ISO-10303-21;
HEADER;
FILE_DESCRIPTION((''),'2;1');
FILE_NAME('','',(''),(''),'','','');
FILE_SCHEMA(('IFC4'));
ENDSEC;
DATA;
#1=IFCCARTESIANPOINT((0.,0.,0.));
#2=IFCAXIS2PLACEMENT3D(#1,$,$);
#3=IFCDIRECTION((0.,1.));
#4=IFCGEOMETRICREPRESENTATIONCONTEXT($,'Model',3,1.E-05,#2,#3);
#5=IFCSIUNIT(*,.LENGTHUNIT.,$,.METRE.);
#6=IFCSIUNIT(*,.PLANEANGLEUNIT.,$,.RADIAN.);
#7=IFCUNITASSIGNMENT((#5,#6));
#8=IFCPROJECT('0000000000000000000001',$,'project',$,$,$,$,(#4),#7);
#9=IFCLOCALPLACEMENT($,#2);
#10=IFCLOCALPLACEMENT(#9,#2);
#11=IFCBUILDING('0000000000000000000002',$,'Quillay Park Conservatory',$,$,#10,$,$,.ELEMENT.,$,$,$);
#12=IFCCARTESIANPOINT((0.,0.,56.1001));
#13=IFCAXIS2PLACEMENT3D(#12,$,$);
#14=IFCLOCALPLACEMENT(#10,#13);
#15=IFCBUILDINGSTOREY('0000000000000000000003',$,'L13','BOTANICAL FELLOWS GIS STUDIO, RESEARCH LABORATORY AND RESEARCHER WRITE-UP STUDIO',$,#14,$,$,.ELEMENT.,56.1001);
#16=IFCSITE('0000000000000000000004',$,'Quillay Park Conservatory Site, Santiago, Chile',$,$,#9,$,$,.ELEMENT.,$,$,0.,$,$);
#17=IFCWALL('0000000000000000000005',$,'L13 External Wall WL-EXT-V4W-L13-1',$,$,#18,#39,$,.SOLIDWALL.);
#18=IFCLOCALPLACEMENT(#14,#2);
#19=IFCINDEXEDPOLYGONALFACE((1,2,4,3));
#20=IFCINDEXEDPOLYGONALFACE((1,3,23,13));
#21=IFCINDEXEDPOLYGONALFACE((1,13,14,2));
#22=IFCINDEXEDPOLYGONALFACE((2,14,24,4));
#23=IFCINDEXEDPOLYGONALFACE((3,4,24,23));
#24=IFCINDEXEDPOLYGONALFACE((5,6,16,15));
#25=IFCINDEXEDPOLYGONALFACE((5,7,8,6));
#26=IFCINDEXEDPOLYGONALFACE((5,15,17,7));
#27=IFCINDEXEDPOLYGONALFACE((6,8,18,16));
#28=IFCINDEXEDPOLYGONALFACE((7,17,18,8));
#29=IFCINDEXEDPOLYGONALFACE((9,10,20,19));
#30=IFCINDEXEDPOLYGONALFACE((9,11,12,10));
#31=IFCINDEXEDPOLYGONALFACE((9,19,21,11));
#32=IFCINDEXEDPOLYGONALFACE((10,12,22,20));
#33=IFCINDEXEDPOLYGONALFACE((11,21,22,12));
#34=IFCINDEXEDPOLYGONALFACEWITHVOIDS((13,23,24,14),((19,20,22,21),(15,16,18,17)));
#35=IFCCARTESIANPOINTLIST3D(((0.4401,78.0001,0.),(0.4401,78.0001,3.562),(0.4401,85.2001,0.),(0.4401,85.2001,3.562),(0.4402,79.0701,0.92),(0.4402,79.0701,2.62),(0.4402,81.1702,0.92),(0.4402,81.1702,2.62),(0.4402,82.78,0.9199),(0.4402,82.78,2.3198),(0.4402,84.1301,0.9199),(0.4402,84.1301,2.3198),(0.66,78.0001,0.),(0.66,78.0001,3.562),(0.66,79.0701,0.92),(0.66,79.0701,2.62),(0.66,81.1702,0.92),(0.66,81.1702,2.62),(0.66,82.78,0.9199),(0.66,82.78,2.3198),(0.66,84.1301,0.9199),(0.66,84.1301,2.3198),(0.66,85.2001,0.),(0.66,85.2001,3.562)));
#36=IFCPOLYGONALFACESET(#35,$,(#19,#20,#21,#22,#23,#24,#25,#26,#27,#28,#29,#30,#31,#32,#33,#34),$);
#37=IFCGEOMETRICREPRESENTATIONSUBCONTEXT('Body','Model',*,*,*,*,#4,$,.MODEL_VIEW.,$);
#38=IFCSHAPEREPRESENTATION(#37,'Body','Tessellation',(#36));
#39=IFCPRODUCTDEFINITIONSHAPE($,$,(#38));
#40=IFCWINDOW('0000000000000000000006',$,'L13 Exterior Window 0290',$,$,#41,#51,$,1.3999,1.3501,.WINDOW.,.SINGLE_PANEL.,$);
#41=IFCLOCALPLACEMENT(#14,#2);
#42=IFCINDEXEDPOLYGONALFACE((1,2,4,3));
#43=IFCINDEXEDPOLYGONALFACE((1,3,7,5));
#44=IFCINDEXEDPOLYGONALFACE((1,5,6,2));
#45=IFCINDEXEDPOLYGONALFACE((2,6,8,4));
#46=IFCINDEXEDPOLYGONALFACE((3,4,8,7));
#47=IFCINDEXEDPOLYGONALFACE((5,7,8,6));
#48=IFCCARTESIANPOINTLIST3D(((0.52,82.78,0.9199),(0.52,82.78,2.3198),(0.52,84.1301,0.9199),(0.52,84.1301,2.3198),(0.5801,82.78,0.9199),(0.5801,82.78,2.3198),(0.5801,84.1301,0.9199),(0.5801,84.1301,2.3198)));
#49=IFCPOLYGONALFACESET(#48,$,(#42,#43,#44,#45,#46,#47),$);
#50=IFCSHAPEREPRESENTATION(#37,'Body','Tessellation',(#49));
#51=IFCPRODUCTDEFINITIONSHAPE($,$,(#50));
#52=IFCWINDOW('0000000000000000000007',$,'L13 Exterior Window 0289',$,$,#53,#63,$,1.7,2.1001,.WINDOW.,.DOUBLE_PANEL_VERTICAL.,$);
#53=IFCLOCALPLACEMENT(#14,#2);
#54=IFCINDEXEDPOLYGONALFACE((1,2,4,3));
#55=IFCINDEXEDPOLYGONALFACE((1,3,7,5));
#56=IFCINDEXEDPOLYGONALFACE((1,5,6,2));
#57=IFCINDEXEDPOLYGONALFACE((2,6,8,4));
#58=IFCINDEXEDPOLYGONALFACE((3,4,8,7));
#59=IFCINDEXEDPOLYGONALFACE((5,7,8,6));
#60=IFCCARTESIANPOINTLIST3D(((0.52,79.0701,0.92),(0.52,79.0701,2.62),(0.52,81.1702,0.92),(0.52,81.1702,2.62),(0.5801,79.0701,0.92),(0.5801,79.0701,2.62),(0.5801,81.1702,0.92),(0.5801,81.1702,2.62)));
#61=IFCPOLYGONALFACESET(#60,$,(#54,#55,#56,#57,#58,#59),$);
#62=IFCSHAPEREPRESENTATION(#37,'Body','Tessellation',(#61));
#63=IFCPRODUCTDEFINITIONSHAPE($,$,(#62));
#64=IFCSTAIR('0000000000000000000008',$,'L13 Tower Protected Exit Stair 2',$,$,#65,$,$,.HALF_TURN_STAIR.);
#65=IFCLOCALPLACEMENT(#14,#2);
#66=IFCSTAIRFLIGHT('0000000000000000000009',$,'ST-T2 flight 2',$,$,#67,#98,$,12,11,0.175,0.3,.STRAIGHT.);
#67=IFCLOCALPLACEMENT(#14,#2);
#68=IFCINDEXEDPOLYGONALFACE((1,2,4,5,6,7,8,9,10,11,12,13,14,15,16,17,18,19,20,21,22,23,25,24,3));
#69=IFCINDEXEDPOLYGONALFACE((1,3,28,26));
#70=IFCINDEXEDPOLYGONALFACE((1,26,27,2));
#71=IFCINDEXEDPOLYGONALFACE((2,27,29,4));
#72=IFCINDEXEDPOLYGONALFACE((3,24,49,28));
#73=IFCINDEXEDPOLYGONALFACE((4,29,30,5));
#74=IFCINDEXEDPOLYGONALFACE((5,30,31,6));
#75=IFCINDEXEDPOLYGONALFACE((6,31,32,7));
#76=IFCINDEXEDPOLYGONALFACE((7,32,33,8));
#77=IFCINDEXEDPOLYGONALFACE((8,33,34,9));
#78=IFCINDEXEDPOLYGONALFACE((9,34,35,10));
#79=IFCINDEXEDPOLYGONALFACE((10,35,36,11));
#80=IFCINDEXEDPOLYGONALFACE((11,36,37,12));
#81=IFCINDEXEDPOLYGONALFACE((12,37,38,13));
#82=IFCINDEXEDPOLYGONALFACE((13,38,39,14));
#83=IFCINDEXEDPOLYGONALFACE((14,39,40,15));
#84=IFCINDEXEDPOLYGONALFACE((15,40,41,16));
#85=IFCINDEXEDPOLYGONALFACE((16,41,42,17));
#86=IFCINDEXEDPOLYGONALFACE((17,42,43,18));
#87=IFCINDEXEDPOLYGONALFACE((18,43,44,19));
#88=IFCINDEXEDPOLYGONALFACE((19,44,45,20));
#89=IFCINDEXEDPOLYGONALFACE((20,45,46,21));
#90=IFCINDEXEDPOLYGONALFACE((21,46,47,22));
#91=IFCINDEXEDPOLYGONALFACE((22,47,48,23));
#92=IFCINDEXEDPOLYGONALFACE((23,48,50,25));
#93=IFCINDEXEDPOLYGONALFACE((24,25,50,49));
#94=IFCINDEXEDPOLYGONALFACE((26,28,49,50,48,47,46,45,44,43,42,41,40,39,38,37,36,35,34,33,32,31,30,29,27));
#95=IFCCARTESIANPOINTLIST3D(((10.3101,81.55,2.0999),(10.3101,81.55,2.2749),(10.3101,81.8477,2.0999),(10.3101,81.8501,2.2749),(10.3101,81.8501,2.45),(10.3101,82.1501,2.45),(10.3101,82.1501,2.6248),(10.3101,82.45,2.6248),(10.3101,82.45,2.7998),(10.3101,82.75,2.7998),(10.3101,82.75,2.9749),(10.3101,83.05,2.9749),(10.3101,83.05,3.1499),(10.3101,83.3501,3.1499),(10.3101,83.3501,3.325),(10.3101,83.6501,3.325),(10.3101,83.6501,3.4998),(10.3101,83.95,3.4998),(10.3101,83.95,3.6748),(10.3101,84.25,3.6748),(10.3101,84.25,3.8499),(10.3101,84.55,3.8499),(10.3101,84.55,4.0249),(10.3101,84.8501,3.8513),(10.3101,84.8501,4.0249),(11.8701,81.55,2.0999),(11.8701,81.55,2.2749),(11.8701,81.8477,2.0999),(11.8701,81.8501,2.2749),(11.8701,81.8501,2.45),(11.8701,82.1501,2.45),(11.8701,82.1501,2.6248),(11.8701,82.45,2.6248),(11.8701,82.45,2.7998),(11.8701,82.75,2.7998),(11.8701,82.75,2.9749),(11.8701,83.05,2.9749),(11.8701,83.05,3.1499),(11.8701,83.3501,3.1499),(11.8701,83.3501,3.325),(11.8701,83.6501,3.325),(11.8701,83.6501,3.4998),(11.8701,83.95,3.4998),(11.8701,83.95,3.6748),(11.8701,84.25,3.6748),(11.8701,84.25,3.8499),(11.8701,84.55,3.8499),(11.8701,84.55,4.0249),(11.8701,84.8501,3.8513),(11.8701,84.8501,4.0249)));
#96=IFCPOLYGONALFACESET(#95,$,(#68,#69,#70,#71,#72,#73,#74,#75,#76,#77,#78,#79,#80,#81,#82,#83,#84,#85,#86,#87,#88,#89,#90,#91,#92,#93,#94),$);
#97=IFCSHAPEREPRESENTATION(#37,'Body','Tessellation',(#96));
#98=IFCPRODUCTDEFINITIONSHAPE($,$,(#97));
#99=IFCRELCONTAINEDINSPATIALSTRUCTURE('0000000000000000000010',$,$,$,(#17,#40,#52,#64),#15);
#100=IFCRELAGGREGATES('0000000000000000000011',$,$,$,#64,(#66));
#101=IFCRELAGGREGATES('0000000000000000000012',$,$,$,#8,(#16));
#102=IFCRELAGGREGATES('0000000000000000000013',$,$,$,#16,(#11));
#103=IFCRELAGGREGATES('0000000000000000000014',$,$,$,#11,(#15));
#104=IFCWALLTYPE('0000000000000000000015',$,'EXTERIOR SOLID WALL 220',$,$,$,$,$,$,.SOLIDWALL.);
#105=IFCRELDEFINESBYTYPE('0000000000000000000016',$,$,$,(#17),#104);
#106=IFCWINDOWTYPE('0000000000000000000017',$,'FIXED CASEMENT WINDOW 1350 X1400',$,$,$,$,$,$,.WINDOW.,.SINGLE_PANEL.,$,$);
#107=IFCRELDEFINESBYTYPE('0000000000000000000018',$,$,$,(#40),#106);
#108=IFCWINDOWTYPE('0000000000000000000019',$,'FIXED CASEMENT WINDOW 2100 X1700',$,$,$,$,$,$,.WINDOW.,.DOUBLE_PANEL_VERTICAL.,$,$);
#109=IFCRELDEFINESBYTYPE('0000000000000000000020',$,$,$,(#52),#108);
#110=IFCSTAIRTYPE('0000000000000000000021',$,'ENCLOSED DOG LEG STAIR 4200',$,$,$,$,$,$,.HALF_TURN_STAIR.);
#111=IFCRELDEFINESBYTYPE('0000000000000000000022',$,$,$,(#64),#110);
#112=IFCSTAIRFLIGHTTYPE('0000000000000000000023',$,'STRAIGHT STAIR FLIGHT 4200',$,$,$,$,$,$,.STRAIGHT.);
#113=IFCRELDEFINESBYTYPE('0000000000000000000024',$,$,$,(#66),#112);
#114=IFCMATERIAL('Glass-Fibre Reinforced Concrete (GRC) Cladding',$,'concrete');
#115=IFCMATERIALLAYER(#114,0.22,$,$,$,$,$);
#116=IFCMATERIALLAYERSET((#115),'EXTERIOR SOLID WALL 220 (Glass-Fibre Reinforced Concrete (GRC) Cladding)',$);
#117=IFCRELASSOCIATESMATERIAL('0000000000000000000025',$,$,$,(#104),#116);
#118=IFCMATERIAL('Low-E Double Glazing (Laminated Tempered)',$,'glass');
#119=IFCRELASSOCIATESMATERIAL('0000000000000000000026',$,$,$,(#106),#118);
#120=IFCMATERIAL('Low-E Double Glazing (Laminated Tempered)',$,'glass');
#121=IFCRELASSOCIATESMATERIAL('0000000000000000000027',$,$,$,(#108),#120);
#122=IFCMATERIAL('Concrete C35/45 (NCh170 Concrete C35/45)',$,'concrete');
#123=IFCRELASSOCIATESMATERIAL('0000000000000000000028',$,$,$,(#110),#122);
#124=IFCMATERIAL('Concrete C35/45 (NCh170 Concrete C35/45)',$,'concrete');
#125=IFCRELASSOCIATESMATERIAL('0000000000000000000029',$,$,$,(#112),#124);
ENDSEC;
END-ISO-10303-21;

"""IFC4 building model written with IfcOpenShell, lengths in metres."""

from ifc_helpers import new_model, si_unit, direction, frame, frame_2d, origin, place, context, subcontext, project, spatial, polyline, rectangle, outline, extrude, material, layer, layer_set, type_object, element, fill, aggregate, save


model = new_model("IFC4")

# Units and contexts
model_context = context("Model", 3, precision=1e-05, world=origin(), true_north=direction((0.0, 1.0)))
body_context = subcontext(model_context, "Body", "Model", "MODEL_VIEW")
ifc_project = project(units=[si_unit("LENGTHUNIT", "METRE"), si_unit("PLANEANGLEUNIT", "RADIAN")], contexts=[model_context])

# Site, building, storey
site_placement = place(None, origin())
site = spatial("IfcSite", under=ifc_project, at=site_placement, Name="Quillay Park Conservatory Site, Santiago, Chile", CompositionType="ELEMENT", RefElevation=0.0)
building_placement = place(site_placement, origin())
building = spatial("IfcBuilding", under=site, at=building_placement, Name="Quillay Park Conservatory", CompositionType="ELEMENT")
storey_placement = place(building_placement, frame((0.0, 0.0, 56.1001)))
storey = spatial("IfcBuildingStorey", under=building, at=storey_placement, Name="L13", Description="BOTANICAL FELLOWS GIS STUDIO, RESEARCH LABORATORY AND RESEARCHER WRITE-UP STUDIO", CompositionType="ELEMENT", Elevation=56.1001)

# Wall, openings, windows
ifc_material_1 = material(Name="Glass-Fibre Reinforced Concrete (GRC) Cladding", Category="concrete")
ifc_layer_1 = layer(ifc_material_1, 0.22)
ifc_layer_set_1 = layer_set([ifc_layer_1], Name="EXTERIOR SOLID WALL 220 (Glass-Fibre Reinforced Concrete (GRC) Cladding)")
wall_type_1 = type_object("IfcWallType", Name="EXTERIOR SOLID WALL 220", PredefinedType="SOLIDWALL", material=ifc_layer_set_1)
wall_1_placement = place(storey_placement, frame((0.55, 78.0, 0.0), z_axis=(0.0, 0.0, 1.0), x_axis=(0.0, 1.0, 0.0)))
wall_1 = element("IfcWall", 1, at=wall_1_placement, inside=storey, type_object=wall_type_1, Name="L13 External Wall WL-EXT-V4W-L13-1", PredefinedType="SOLIDWALL", context=body_context, shape_type="SweptSolid", body=[
    extrude(rectangle(XDim=7.2, YDim=0.22, at=frame_2d((3.6001, 0.0))), origin(), (0.0, 0.0, 1.0), 3.562),
])
opening_1_placement = place(wall_1_placement, frame((1.0701, 0.0, 0.9199)))
opening_1 = element("IfcOpeningElement", 2, at=opening_1_placement, cuts=wall_1, PredefinedType="OPENING", context=body_context, shape_type="SweptSolid", body=[
    extrude(rectangle(XDim=2.1001, YDim=1.7, at=frame_2d((1.05, 0.8501))), frame((0.0, 0.1099, 0.0), z_axis=(0.0, -1.0, 0.0), x_axis=(1.0, 0.0, 0.0)), (0.0, 0.0, 1.0), 0.22),
])
opening_2_placement = place(wall_1_placement, frame((4.78, 0.0, 0.9199)))
opening_2 = element("IfcOpeningElement", 3, at=opening_2_placement, cuts=wall_1, PredefinedType="OPENING", context=body_context, shape_type="SweptSolid", body=[
    extrude(rectangle(XDim=1.3501, YDim=1.3999, at=frame_2d((0.675, 0.7))), frame((0.0, 0.1099, 0.0), z_axis=(0.0, -1.0, 0.0), x_axis=(1.0, 0.0, 0.0)), (0.0, 0.0, 1.0), 0.22),
])
ifc_material_2 = material(Name="Low-E Double Glazing (Laminated Tempered)", Category="glass")
window_type_1 = type_object("IfcWindowType", Name="FIXED CASEMENT WINDOW 1350 X1400", PartitioningType="SINGLE_PANEL", PredefinedType="WINDOW", material=ifc_material_2)
window_1_placement = place(opening_2_placement, origin())
window_1 = element("IfcWindow", 4, at=window_1_placement, inside=storey, type_object=window_type_1, Name="L13 Exterior Window 0290", OverallHeight=1.3999, OverallWidth=1.3501, PartitioningType="SINGLE_PANEL", PredefinedType="WINDOW", context=body_context, shape_type="SweptSolid", body=[
    extrude(rectangle(XDim=1.3501, YDim=1.3999, at=frame_2d((0.675, 0.7))), frame((0.0, 0.03, 0.0), z_axis=(0.0, -1.0, 0.0), x_axis=(1.0, 0.0, 0.0)), (0.0, 0.0, 1.0), 0.0601),
])
fill(opening_2, window_1)
ifc_material_3 = material(Name="Low-E Double Glazing (Laminated Tempered)", Category="glass")
window_type_2 = type_object("IfcWindowType", Name="FIXED CASEMENT WINDOW 2100 X1700", PartitioningType="DOUBLE_PANEL_VERTICAL", PredefinedType="WINDOW", material=ifc_material_3)
window_2_placement = place(opening_1_placement, origin())
window_2 = element("IfcWindow", 5, at=window_2_placement, inside=storey, type_object=window_type_2, Name="L13 Exterior Window 0289", OverallHeight=1.7, OverallWidth=2.1001, PartitioningType="DOUBLE_PANEL_VERTICAL", PredefinedType="WINDOW", context=body_context, shape_type="SweptSolid", body=[
    extrude(rectangle(XDim=2.1001, YDim=1.7, at=frame_2d((1.05, 0.8501))), frame((0.0, 0.03, 0.0), z_axis=(0.0, -1.0, 0.0), x_axis=(1.0, 0.0, 0.0)), (0.0, 0.0, 1.0), 0.0601),
])
fill(opening_1, window_2)

# Stair, stair flight
ifc_material_4 = material(Name="Concrete C35/45 (NCh170 Concrete C35/45)", Category="concrete")
stair_type = type_object("IfcStairType", Name="ENCLOSED DOG LEG STAIR 4200", PredefinedType="HALF_TURN_STAIR", material=ifc_material_4)
stair_placement = place(storey_placement, origin())
stair = element("IfcStair", 6, at=stair_placement, inside=storey, type_object=stair_type, Name="L13 Tower Protected Exit Stair 2", PredefinedType="HALF_TURN_STAIR")
ifc_material_5 = material(Name="Concrete C35/45 (NCh170 Concrete C35/45)", Category="concrete")
stair_flight_type = type_object("IfcStairFlightType", Name="STRAIGHT STAIR FLIGHT 4200", PredefinedType="STRAIGHT", material=ifc_material_5)
stair_flight_placement = place(storey_placement, frame((11.0901, 81.55, 2.0999), z_axis=(0.0, 0.0, 1.0), x_axis=(0.0, 1.0, 0.0)))
stair_flight = element("IfcStairFlight", 7, at=stair_flight_placement, type_object=stair_flight_type, Name="ST-T2 flight 2", NumberOfRisers=12, NumberOfTreads=11, PredefinedType="STRAIGHT", RiserHeight=0.175, TreadLength=0.3, context=body_context, shape_type="SweptSolid", body=[
    extrude(outline(polyline([(0.0, 0.0), (0.0, 0.175), (0.3, 0.175), (0.3, 0.3501), (0.6001, 0.3501), (0.6001, 0.5249), (0.8999, 0.5249), (0.8999, 0.7), (1.2, 0.7), (1.2, 0.875), (1.5, 0.875), (1.5, 1.05), (1.8, 1.05), (1.8, 1.2251), (2.1001, 1.2251), (2.1001, 1.3999), (2.3999, 1.3999), (2.3999, 1.575), (2.7, 1.575), (2.7, 1.75), (3.0, 1.75), (3.0, 1.925), (3.3, 1.925), (3.3, 2.1001), (3.3, 1.7515), (0.2976, 0.0), (0.0, 0.0)])), frame((0.0, 0.78, 0.0), z_axis=(0.0, -1.0, 0.0), x_axis=(1.0, 0.0, 0.0)), (0.0, 0.0, 1.0), 1.5601),
])
aggregate(stair, [stair_flight])

save(model, "model.ifc")
